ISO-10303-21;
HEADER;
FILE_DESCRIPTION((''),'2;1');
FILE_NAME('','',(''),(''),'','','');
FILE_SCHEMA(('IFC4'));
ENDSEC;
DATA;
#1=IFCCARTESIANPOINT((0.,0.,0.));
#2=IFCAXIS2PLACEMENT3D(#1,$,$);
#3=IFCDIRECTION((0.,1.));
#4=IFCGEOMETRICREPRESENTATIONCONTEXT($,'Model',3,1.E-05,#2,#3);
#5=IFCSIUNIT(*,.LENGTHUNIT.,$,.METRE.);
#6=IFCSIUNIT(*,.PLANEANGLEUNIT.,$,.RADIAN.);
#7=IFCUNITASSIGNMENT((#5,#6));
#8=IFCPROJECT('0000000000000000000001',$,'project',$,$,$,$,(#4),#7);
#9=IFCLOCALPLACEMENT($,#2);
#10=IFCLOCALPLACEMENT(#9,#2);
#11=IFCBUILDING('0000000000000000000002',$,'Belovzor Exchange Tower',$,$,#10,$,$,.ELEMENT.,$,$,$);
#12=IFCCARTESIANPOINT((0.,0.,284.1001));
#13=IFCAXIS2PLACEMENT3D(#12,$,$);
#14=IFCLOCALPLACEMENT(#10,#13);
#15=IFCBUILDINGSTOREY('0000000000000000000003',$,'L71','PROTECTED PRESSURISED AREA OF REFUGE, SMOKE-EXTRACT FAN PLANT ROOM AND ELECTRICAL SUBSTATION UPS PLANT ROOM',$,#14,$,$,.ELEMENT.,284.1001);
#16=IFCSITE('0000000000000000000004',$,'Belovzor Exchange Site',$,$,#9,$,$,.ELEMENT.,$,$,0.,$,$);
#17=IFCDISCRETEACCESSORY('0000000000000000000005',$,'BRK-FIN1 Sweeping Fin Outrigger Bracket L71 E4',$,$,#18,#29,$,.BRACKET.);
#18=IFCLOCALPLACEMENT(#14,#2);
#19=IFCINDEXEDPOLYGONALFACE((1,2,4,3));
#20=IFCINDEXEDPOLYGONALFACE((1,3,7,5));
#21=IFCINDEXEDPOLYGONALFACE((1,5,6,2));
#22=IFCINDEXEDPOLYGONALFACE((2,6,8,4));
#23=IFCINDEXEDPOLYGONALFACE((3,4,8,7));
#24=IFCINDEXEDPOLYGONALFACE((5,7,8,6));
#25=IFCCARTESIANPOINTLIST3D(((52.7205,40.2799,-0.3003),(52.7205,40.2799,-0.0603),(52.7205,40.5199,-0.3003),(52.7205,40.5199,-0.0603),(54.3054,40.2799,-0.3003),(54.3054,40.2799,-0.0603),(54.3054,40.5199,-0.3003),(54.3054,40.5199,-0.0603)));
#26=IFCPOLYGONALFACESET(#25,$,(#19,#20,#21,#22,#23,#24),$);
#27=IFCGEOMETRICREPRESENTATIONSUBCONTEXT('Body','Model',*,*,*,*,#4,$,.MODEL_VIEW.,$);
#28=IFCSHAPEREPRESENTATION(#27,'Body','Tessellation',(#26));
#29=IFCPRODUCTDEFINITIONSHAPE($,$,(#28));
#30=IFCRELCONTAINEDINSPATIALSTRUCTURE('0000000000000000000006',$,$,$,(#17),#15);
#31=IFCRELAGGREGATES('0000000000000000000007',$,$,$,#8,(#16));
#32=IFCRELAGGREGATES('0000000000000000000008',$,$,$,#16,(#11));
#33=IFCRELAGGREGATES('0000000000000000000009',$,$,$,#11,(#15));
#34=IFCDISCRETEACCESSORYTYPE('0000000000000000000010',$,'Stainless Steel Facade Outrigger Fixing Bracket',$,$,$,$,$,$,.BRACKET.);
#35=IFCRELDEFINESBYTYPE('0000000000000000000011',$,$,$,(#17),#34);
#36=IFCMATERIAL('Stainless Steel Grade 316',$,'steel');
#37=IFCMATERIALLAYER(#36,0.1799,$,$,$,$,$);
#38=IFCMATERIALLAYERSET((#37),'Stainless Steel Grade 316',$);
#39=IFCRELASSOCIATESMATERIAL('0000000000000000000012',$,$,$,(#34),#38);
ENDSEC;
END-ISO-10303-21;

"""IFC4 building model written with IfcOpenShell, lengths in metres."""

from ifc_helpers import new_model, si_unit, direction, frame, origin, origin_2d, place, context, subcontext, project, spatial, rectangle, extrude, material, layer, layer_set, type_object, element, save


model = new_model("IFC4")

# Units and contexts
model_context = context("Model", 3, precision=1e-05, world=origin(), true_north=direction((0.0, 1.0)))
body_context = subcontext(model_context, "Body", "Model", "MODEL_VIEW")
ifc_project = project(units=[si_unit("LENGTHUNIT", "METRE"), si_unit("PLANEANGLEUNIT", "RADIAN")], contexts=[model_context])

# Site, building, storey
site_placement = place(None, origin())
site = spatial("IfcSite", under=ifc_project, at=site_placement, Name="Belovzor Exchange Site", CompositionType="ELEMENT", RefElevation=0.0)
building_placement = place(site_placement, origin())
building = spatial("IfcBuilding", under=site, at=building_placement, Name="Belovzor Exchange Tower", CompositionType="ELEMENT")
storey_placement = place(building_placement, frame((0.0, 0.0, 284.1001)))
storey = spatial("IfcBuildingStorey", under=building, at=storey_placement, Name="L71", Description="PROTECTED PRESSURISED AREA OF REFUGE, SMOKE-EXTRACT FAN PLANT ROOM AND ELECTRICAL SUBSTATION UPS PLANT ROOM", CompositionType="ELEMENT", Elevation=284.1001)

# Discrete accessory
ifc_material_1 = material(Name="Stainless Steel Grade 316", Category="steel")
ifc_layer_1 = layer(ifc_material_1, 0.1799)
ifc_layer_set_1 = layer_set([ifc_layer_1], Name="Stainless Steel Grade 316")
discrete_accessory_type = type_object("IfcDiscreteAccessoryType", Name="Stainless Steel Facade Outrigger Fixing Bracket", PredefinedType="BRACKET", material=ifc_layer_set_1)
for number, where, z_axis, x_axis, name in (
    (1, (53.5129, 40.3999, -0.3003), (0.0, 0.0, 1.0), (1.0, 0.0, 0.0), "BRK-FIN1 Sweeping Fin Outrigger Bracket L71 E4"),
):
    element("IfcDiscreteAccessory", number, at=place(storey_placement, frame(where, z_axis=z_axis, x_axis=x_axis)), inside=storey, type_object=discrete_accessory_type, Name=name, PredefinedType="BRACKET", context=body_context, shape_type="SweptSolid", body=[
        extrude(rectangle(XDim=1.585, YDim=0.24, at=origin_2d()), origin(), (0.0, 0.0, 1.0), 0.24),
    ])

save(model, "model.ifc")
